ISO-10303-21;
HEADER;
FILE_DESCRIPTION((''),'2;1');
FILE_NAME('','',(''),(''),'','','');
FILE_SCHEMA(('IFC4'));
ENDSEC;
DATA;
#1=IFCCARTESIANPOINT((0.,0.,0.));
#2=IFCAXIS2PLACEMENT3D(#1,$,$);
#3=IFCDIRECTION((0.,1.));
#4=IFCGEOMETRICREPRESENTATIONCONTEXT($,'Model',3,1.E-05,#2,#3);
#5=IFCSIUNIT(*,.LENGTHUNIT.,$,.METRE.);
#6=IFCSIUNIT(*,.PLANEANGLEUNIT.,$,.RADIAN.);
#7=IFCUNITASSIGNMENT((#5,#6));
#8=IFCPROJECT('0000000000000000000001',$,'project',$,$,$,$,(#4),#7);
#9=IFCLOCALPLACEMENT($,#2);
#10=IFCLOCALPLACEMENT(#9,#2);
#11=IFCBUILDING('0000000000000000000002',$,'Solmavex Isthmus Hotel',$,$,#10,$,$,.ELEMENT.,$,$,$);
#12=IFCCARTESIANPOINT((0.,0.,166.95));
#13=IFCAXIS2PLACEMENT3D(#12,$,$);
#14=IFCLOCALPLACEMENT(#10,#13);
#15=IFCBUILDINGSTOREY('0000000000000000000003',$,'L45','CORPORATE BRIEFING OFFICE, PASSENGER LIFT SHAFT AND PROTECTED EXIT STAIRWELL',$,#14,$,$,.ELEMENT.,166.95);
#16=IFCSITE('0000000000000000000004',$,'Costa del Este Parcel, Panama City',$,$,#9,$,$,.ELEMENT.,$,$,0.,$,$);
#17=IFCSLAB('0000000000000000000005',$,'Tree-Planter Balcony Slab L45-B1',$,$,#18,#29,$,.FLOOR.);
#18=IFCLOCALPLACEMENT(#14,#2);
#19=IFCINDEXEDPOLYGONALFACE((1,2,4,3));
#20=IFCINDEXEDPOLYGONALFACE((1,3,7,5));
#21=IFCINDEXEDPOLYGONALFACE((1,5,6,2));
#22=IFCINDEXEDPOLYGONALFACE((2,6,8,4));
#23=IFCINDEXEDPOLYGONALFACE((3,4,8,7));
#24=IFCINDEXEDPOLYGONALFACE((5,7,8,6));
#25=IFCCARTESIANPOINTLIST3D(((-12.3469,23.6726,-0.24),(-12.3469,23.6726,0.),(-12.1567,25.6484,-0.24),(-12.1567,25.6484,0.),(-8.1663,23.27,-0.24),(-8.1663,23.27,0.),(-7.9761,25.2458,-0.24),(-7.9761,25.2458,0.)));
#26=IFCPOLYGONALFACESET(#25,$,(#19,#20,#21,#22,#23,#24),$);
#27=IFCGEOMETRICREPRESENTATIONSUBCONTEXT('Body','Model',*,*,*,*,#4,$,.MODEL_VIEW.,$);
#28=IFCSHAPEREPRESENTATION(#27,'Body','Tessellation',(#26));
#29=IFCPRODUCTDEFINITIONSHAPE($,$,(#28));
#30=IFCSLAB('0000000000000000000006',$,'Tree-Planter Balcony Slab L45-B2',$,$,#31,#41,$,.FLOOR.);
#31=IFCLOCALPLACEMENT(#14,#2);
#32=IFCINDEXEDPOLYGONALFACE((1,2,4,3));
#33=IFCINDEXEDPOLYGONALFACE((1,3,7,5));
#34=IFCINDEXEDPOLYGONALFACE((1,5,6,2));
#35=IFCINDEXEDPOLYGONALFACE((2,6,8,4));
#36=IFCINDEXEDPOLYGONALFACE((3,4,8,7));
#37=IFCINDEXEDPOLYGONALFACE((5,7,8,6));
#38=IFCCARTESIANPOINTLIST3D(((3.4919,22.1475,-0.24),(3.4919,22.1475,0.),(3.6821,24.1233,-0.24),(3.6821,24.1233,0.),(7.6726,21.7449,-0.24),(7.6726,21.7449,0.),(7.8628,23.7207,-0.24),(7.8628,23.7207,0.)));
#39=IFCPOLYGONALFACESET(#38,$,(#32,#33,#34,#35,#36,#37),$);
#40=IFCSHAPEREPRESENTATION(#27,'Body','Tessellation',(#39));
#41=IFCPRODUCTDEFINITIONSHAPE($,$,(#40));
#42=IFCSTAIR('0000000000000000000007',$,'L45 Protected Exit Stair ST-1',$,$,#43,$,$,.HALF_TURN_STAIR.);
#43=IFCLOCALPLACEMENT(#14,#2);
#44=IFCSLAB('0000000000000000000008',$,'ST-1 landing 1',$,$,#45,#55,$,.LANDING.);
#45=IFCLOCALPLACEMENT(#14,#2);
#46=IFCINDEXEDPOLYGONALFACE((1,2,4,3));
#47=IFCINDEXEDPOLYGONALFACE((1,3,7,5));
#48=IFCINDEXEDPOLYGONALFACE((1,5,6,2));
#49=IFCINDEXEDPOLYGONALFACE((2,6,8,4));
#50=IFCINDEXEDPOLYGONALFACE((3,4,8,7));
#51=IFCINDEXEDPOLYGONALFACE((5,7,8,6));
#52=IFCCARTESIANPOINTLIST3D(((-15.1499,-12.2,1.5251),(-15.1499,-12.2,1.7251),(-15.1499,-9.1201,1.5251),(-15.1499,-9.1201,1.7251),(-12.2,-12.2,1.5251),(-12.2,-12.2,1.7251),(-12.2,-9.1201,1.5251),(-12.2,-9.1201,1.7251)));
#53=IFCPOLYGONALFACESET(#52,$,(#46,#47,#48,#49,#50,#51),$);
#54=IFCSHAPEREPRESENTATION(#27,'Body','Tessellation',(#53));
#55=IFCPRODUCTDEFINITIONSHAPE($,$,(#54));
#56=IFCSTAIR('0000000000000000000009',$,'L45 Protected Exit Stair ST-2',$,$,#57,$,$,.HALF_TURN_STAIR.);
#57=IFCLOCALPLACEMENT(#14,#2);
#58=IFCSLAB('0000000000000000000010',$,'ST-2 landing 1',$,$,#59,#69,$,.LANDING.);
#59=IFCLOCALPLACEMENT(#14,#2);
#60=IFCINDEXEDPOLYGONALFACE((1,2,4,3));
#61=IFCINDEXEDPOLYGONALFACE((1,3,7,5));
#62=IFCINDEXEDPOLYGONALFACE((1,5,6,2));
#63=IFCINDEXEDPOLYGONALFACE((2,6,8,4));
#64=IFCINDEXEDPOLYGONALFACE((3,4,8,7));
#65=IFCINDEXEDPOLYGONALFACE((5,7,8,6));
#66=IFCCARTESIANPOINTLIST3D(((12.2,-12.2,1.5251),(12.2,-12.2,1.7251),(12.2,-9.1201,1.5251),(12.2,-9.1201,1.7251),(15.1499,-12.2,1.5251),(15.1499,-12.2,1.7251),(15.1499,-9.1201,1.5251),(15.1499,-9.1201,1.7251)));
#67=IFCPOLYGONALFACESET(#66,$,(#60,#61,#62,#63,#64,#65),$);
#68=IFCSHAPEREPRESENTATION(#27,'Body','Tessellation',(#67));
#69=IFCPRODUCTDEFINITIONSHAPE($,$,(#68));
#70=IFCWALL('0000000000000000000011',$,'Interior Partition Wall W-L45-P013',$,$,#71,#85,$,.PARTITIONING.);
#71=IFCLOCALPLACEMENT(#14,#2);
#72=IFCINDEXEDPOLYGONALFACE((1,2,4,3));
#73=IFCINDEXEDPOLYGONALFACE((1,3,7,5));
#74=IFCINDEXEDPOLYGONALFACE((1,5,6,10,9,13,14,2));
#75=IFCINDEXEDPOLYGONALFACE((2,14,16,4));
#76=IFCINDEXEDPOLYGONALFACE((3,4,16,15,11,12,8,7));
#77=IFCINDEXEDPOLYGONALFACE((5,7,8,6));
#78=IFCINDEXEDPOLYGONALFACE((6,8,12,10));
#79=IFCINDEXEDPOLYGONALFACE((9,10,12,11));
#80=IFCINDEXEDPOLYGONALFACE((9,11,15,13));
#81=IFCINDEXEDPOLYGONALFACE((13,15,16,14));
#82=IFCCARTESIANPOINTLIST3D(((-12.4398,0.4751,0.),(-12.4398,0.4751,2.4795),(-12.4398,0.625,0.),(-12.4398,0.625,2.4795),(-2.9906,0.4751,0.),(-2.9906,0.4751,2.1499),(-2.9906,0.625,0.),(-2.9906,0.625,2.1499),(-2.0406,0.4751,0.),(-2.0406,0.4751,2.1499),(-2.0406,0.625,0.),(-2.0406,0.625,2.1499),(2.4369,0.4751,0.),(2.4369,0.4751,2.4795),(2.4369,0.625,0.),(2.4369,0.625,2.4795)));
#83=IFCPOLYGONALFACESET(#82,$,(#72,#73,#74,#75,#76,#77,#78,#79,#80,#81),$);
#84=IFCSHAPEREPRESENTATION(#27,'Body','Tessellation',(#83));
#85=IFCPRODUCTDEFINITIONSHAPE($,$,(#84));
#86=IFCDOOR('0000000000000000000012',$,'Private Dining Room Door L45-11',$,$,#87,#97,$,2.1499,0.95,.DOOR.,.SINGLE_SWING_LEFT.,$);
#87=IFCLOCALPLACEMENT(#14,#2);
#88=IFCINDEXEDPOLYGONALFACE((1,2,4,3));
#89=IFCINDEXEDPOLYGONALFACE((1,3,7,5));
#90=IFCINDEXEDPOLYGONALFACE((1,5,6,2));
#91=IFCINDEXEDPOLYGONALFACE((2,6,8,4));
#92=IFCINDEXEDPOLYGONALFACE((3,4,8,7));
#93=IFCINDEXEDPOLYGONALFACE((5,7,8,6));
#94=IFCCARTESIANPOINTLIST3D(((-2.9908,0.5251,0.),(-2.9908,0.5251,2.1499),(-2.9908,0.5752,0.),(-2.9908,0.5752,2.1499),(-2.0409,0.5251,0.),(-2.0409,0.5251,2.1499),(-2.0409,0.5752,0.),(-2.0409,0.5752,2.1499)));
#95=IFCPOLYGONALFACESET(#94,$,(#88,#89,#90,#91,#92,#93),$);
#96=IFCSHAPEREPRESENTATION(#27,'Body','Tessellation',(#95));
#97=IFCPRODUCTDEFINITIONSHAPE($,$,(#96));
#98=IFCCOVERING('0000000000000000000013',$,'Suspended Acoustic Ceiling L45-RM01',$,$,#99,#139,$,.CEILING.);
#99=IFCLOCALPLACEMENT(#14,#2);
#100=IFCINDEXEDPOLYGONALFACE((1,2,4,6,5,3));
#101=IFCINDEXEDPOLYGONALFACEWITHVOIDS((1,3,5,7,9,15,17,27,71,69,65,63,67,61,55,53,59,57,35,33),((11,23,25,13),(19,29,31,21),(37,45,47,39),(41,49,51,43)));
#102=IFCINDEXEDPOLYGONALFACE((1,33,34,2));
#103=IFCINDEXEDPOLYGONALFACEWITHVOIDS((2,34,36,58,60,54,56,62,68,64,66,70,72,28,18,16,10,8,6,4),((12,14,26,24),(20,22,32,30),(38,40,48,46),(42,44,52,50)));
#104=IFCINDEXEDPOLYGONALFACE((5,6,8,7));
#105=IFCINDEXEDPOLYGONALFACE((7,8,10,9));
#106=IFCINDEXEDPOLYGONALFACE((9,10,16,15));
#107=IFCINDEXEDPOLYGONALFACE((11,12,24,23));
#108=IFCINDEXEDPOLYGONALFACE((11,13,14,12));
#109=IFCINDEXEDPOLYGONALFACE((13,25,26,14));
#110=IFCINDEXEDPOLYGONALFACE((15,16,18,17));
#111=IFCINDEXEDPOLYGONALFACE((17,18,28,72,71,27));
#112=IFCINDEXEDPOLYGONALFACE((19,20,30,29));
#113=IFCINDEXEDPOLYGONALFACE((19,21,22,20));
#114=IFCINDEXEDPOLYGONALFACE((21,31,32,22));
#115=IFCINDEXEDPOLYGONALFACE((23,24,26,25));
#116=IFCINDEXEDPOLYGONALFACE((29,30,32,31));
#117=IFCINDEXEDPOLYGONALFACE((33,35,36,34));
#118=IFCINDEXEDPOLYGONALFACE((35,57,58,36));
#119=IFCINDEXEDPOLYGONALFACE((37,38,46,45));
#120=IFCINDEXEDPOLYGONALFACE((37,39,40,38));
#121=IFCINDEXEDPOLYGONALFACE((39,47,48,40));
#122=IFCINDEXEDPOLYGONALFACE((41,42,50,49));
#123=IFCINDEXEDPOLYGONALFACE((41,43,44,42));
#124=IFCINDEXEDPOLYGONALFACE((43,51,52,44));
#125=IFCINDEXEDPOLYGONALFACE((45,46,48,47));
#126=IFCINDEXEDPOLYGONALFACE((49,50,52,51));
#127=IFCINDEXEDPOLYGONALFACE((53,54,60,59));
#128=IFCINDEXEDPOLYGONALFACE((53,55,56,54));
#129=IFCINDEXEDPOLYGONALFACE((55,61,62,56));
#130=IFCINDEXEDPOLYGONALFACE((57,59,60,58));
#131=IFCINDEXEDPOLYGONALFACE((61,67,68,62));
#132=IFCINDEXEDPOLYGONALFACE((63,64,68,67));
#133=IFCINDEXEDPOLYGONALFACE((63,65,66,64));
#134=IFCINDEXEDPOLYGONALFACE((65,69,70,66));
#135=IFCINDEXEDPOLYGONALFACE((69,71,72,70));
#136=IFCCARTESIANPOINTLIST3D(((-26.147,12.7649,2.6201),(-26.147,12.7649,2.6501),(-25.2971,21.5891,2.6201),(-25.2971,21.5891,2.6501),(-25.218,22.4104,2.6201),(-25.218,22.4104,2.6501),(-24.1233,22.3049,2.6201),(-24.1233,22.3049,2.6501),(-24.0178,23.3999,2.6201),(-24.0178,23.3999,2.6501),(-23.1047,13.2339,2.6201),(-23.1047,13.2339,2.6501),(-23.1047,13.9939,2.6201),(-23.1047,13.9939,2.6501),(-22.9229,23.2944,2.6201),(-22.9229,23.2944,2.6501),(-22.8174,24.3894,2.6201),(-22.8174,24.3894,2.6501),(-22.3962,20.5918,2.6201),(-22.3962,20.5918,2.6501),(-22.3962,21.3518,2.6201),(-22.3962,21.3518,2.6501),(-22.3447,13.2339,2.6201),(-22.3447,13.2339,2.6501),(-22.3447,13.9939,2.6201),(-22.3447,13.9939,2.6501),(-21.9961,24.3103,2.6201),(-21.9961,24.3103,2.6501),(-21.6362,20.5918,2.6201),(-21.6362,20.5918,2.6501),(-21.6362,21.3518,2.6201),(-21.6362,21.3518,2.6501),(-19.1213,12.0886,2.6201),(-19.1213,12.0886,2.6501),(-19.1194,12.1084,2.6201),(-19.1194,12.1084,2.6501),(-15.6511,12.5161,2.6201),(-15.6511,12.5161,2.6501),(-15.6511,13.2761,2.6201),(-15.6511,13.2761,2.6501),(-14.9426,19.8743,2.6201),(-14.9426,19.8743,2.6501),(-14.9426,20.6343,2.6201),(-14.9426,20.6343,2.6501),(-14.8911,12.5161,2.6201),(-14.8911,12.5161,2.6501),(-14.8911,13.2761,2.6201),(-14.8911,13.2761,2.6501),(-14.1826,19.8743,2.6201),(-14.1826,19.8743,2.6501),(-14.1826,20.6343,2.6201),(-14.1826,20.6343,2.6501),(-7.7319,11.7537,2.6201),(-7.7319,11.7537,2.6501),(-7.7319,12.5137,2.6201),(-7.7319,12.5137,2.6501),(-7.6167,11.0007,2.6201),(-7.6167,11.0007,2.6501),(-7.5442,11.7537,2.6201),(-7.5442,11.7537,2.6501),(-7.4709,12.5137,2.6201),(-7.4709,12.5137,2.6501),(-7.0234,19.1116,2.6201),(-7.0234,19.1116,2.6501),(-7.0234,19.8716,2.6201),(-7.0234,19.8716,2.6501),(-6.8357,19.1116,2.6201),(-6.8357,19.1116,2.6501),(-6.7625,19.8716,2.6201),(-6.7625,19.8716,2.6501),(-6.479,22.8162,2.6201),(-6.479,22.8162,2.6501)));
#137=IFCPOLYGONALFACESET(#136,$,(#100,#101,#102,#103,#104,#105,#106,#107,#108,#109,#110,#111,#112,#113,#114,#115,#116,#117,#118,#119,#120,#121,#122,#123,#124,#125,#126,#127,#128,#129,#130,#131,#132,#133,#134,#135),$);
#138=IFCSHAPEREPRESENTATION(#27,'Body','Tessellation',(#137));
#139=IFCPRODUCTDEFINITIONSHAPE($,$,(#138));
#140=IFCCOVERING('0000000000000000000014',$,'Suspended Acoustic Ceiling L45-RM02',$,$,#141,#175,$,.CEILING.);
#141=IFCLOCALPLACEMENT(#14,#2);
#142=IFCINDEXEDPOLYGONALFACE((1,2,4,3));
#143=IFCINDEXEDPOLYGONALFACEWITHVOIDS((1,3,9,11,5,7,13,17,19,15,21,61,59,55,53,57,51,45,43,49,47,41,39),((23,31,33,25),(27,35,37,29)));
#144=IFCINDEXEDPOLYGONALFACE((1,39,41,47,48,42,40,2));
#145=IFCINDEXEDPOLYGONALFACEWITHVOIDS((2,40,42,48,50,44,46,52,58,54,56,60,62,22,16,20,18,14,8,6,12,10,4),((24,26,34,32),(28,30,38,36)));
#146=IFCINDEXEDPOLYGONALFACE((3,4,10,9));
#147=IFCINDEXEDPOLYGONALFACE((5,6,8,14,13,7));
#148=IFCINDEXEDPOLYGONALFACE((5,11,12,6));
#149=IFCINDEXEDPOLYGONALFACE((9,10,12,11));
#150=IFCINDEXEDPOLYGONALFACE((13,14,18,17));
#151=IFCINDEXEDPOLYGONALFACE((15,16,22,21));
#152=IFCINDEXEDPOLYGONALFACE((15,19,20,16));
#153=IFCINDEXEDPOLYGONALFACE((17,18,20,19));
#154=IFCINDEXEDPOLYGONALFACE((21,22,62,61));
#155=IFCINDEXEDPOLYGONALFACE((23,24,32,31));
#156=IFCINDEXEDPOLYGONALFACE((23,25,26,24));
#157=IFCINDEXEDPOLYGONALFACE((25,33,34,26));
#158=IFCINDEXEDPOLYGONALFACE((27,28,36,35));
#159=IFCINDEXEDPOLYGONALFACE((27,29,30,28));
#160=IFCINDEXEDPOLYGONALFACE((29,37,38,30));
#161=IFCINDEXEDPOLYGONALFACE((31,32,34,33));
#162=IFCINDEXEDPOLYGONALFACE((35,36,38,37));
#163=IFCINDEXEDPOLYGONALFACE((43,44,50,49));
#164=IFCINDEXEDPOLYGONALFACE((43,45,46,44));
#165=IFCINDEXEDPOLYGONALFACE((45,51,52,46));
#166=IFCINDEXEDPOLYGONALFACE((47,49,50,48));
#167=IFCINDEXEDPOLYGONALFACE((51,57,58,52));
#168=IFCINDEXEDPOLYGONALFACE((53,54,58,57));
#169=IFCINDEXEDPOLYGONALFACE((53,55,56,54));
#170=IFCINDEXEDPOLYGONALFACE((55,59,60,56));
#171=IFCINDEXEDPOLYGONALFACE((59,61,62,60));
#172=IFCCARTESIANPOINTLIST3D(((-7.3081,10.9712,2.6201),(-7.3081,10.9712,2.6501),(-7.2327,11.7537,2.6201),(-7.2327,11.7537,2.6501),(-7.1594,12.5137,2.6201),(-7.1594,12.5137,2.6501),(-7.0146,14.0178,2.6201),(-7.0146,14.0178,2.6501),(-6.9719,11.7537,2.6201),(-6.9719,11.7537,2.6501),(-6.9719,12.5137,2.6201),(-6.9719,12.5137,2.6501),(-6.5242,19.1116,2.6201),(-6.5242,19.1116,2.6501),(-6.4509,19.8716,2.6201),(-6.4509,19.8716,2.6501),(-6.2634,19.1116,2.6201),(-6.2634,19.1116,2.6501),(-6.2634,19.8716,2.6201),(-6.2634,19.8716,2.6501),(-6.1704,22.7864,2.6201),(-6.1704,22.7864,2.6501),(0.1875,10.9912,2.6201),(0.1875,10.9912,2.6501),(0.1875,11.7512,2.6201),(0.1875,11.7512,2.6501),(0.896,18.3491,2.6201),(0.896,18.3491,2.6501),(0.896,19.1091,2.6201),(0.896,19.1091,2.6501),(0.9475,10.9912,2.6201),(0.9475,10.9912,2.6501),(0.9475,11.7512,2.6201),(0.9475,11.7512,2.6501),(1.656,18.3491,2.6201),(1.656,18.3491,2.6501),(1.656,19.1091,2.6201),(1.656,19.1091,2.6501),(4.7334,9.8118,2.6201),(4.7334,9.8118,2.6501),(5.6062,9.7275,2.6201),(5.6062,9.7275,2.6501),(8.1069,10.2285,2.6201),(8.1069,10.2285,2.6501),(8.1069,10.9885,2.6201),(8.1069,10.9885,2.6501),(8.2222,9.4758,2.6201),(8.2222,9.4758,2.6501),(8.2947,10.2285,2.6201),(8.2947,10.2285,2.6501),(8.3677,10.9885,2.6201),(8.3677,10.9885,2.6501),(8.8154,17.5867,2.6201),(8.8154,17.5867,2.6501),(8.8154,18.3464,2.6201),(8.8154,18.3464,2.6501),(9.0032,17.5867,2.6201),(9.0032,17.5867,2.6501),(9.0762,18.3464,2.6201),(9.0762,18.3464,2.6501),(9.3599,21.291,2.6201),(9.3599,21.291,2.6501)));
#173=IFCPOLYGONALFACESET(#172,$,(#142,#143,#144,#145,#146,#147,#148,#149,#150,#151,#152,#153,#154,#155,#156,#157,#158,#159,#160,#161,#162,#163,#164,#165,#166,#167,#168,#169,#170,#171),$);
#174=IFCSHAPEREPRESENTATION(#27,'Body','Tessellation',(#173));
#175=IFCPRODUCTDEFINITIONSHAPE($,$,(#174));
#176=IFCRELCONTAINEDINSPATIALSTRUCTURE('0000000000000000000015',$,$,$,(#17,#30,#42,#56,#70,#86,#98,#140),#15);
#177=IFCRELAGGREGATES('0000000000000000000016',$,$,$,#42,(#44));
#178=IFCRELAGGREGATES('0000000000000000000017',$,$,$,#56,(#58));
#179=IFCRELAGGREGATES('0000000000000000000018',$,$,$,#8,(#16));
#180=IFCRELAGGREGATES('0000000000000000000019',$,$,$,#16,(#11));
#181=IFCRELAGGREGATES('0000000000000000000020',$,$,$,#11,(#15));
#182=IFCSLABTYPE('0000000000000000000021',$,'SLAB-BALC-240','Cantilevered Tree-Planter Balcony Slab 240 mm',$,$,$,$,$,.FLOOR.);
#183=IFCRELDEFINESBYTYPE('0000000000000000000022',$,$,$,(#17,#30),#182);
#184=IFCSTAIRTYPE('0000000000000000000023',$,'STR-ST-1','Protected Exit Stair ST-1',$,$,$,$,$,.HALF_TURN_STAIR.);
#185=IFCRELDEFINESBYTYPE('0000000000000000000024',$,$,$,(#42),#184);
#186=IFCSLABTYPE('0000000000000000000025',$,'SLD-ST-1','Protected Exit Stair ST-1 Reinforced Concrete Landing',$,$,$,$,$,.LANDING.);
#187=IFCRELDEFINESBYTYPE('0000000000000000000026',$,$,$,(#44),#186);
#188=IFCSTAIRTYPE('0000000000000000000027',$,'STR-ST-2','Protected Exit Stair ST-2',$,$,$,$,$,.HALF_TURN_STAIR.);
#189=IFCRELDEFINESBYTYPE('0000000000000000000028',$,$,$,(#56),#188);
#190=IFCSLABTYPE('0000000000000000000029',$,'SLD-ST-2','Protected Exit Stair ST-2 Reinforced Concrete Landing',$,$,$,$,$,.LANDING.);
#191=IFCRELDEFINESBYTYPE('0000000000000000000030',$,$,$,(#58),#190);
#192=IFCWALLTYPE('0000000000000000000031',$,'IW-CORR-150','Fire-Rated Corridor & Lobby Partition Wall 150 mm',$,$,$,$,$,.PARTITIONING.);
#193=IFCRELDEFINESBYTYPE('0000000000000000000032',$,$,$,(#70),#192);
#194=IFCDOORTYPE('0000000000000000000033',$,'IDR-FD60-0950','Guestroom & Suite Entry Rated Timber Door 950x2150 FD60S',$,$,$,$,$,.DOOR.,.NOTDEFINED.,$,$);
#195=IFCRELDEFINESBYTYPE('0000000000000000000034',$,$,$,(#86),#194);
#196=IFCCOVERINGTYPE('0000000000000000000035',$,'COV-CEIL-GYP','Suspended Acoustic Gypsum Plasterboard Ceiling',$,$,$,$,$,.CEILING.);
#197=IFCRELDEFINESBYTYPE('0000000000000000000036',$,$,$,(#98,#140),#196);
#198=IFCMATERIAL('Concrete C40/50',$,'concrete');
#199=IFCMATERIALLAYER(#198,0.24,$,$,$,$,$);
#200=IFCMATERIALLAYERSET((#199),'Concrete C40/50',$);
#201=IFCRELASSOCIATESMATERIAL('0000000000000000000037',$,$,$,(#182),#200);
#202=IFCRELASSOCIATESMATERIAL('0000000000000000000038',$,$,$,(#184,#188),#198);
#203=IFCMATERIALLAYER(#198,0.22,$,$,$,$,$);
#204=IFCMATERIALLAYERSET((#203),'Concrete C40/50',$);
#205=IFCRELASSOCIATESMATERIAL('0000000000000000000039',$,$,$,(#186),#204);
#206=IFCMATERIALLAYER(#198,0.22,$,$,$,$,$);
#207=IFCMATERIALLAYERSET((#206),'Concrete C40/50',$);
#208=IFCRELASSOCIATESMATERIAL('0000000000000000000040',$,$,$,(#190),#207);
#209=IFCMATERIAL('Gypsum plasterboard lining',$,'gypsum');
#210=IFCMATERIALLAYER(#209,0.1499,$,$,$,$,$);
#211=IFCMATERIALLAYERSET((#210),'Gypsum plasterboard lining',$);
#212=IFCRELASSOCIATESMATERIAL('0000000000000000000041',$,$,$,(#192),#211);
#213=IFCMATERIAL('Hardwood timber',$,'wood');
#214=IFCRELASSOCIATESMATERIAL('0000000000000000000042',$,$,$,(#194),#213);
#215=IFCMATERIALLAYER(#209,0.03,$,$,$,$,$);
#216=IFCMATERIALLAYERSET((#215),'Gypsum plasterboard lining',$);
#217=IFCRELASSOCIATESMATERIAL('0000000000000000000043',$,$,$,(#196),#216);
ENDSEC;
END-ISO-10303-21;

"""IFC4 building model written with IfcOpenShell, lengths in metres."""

from ifc_helpers import new_model, si_unit, direction, frame, frame_2d, origin, place, context, subcontext, project, spatial, polyline, rectangle, outline, extrude, material, layer, layer_set, type_object, element, fill, aggregate, save


model = new_model("IFC4")

# Units and contexts
model_context = context("Model", 3, precision=1e-05, world=origin(), true_north=direction((0.0, 1.0)))
body_context = subcontext(model_context, "Body", "Model", "MODEL_VIEW")
ifc_project = project(units=[si_unit("LENGTHUNIT", "METRE"), si_unit("PLANEANGLEUNIT", "RADIAN")], contexts=[model_context])

# Site, building, storey
site_placement = place(None, origin())
site = spatial("IfcSite", under=ifc_project, at=site_placement, Name="Costa del Este Parcel, Panama City", CompositionType="ELEMENT", RefElevation=0.0)
building_placement = place(site_placement, origin())
building = spatial("IfcBuilding", under=site, at=building_placement, Name="Solmavex Isthmus Hotel", CompositionType="ELEMENT")
storey_placement = place(building_placement, frame((0.0, 0.0, 166.95)))
storey = spatial("IfcBuildingStorey", under=building, at=storey_placement, Name="L45", Description="CORPORATE BRIEFING OFFICE, PASSENGER LIFT SHAFT AND PROTECTED EXIT STAIRWELL", CompositionType="ELEMENT", Elevation=166.95)

# Slabs
ifc_material_1 = material(Name="Concrete C40/50", Category="concrete")
ifc_layer_1 = layer(ifc_material_1, 0.24)
ifc_layer_set_1 = layer_set([ifc_layer_1], Name="Concrete C40/50")
slab_type_1 = type_object("IfcSlabType", Name="SLAB-BALC-240", Description="Cantilevered Tree-Planter Balcony Slab 240 mm", PredefinedType="FLOOR", material=ifc_layer_set_1)
slab_1_placement = place(storey_placement, frame((0.0, 0.0, -0.24)))
element("IfcSlab", 1, at=slab_1_placement, inside=storey, type_object=slab_type_1, Name="Tree-Planter Balcony Slab L45-B1", PredefinedType="FLOOR", context=body_context, shape_type="SweptSolid", body=[
    extrude(outline(polyline([(-12.3469, 23.6726), (-8.1663, 23.27), (-7.9761, 25.2458), (-12.1567, 25.6484), (-12.3469, 23.6726)])), origin(), (0.0, 0.0, 1.0), 0.24),
])
slab_2_placement = place(storey_placement, frame((0.0, 0.0, -0.24)))
element("IfcSlab", 2, at=slab_2_placement, inside=storey, type_object=slab_type_1, Name="Tree-Planter Balcony Slab L45-B2", PredefinedType="FLOOR", context=body_context, shape_type="SweptSolid", body=[
    extrude(outline(polyline([(3.4919, 22.1475), (7.6726, 21.7449), (7.8628, 23.7207), (3.6821, 24.1233), (3.4919, 22.1475)])), origin(), (0.0, 0.0, 1.0), 0.24),
])

# Stairs, slabs
stair_type_1 = type_object("IfcStairType", Name="STR-ST-1", Description="Protected Exit Stair ST-1", PredefinedType="HALF_TURN_STAIR", material=ifc_material_1)
stair_1_placement = place(storey_placement, origin())
stair_1 = element("IfcStair", 3, at=stair_1_placement, inside=storey, type_object=stair_type_1, Name="L45 Protected Exit Stair ST-1", PredefinedType="HALF_TURN_STAIR")
ifc_layer_2 = layer(ifc_material_1, 0.22)
ifc_layer_set_2 = layer_set([ifc_layer_2], Name="Concrete C40/50")
slab_type_2 = type_object("IfcSlabType", Name="SLD-ST-1", Description="Protected Exit Stair ST-1 Reinforced Concrete Landing", PredefinedType="LANDING", material=ifc_layer_set_2)
slab_3_placement = place(storey_placement, frame((0.0, 0.0, 1.5251)))
slab_3 = element("IfcSlab", 4, at=slab_3_placement, type_object=slab_type_2, Name="ST-1 landing 1", PredefinedType="LANDING", context=body_context, shape_type="SweptSolid", body=[
    extrude(outline(polyline([(-15.1499, -9.1201), (-15.1499, -12.2), (-12.2, -12.2), (-12.2, -9.1201), (-15.1499, -9.1201)])), origin(), (0.0, 0.0, 1.0), 0.2),
])
aggregate(stair_1, [slab_3])
stair_type_2 = type_object("IfcStairType", Name="STR-ST-2", Description="Protected Exit Stair ST-2", PredefinedType="HALF_TURN_STAIR", material=ifc_material_1)
stair_2_placement = place(storey_placement, origin())
stair_2 = element("IfcStair", 5, at=stair_2_placement, inside=storey, type_object=stair_type_2, Name="L45 Protected Exit Stair ST-2", PredefinedType="HALF_TURN_STAIR")
ifc_layer_3 = layer(ifc_material_1, 0.22)
ifc_layer_set_3 = layer_set([ifc_layer_3], Name="Concrete C40/50")
slab_type_3 = type_object("IfcSlabType", Name="SLD-ST-2", Description="Protected Exit Stair ST-2 Reinforced Concrete Landing", PredefinedType="LANDING", material=ifc_layer_set_3)
slab_4_placement = place(storey_placement, frame((0.0, 0.0, 1.5251)))
slab_4 = element("IfcSlab", 6, at=slab_4_placement, type_object=slab_type_3, Name="ST-2 landing 1", PredefinedType="LANDING", context=body_context, shape_type="SweptSolid", body=[
    extrude(outline(polyline([(12.2, -9.1201), (12.2, -12.2), (15.1499, -12.2), (15.1499, -9.1201), (12.2, -9.1201)])), origin(), (0.0, 0.0, 1.0), 0.2),
])
aggregate(stair_2, [slab_4])

# Wall, opening, door
ifc_material_2 = material(Name="Gypsum plasterboard lining", Category="gypsum")
ifc_layer_4 = layer(ifc_material_2, 0.1499)
ifc_layer_set_4 = layer_set([ifc_layer_4], Name="Gypsum plasterboard lining")
wall_type = type_object("IfcWallType", Name="IW-CORR-150", Description="Fire-Rated Corridor & Lobby Partition Wall 150 mm", PredefinedType="PARTITIONING", material=ifc_layer_set_4)
wall_placement = place(storey_placement, frame((-12.4399, 0.55, 0.0), z_axis=(0.0, 0.0, 1.0), x_axis=(1.0, 0.0, 0.0)))
wall = element("IfcWall", 7, at=wall_placement, inside=storey, type_object=wall_type, Name="Interior Partition Wall W-L45-P013", PredefinedType="PARTITIONING", context=body_context, shape_type="SweptSolid", body=[
    extrude(rectangle(XDim=14.8767, YDim=0.1499, at=frame_2d((7.4385, 0.0))), origin(), (0.0, 0.0, 1.0), 2.4795),
])
opening_placement = place(wall_placement, frame((9.4492, 0.0, 0.0)))
opening = element("IfcOpeningElement", 8, at=opening_placement, cuts=wall, PredefinedType="OPENING", context=body_context, shape_type="SweptSolid", body=[
    extrude(rectangle(XDim=0.95, YDim=2.1499, at=frame_2d((0.4751, 1.075))), frame((0.0, 0.085, 0.0), z_axis=(0.0, -1.0, 0.0), x_axis=(1.0, 0.0, 0.0)), (0.0, 0.0, 1.0), 0.1699),
])
ifc_material_3 = material(Name="Hardwood timber", Category="wood")
door_type = type_object("IfcDoorType", Name="IDR-FD60-0950", Description="Guestroom & Suite Entry Rated Timber Door 950x2150 FD60S", OperationType="NOTDEFINED", PredefinedType="DOOR", material=ifc_material_3)
door_placement = place(opening_placement, frame((0.95, 0.0, 0.0), z_axis=(0.0, 0.0, 1.0), x_axis=(-1.0, 0.0, 0.0)))
door = element("IfcDoor", 9, at=door_placement, inside=storey, type_object=door_type, Name="Private Dining Room Door L45-11", OperationType="SINGLE_SWING_LEFT", OverallHeight=2.1499, OverallWidth=0.95, PredefinedType="DOOR", context=body_context, shape_type="SweptSolid", body=[
    extrude(rectangle(XDim=0.95, YDim=2.1499, at=frame_2d((0.4751, 1.075))), frame((0.0, 0.0249, 0.0), z_axis=(0.0, -1.0, 0.0), x_axis=(1.0, 0.0, 0.0)), (0.0, 0.0, 1.0), 0.05),
])
fill(opening, door)

# Coverings
ifc_layer_5 = layer(ifc_material_2, 0.03)
ifc_layer_set_5 = layer_set([ifc_layer_5], Name="Gypsum plasterboard lining")
covering_type_1 = type_object("IfcCoveringType", Name="COV-CEIL-GYP", Description="Suspended Acoustic Gypsum Plasterboard Ceiling", PredefinedType="CEILING", material=ifc_layer_set_5)
covering_1_placement = place(storey_placement, frame((0.0, 0.0, 2.6201)))
element("IfcCovering", 10, at=covering_1_placement, inside=storey, type_object=covering_type_1, Name="Suspended Acoustic Ceiling L45-RM01", PredefinedType="CEILING", context=body_context, shape_type="SweptSolid", body=[
    extrude(outline(polyline([(-19.1213, 12.0886), (-19.1194, 12.1084), (-7.6167, 11.0007), (-7.5442, 11.7537), (-7.7319, 11.7537), (-7.7319, 12.5137), (-7.4709, 12.5137), (-6.8357, 19.1116), (-7.0234, 19.1116), (-7.0234, 19.8716), (-6.7625, 19.8716), (-6.479, 22.8162), (-21.9961, 24.3103), (-22.8174, 24.3894), (-22.9229, 23.2944), (-24.0178, 23.3999), (-24.1233, 22.3049), (-25.218, 22.4104), (-25.2971, 21.5891), (-26.147, 12.7649), (-19.1213, 12.0886)]), holes=[polyline([(-14.9426, 19.8743), (-14.9426, 20.6343), (-14.1826, 20.6343), (-14.1826, 19.8743), (-14.9426, 19.8743)]), polyline([(-15.6511, 12.5161), (-15.6511, 13.2761), (-14.8911, 13.2761), (-14.8911, 12.5161), (-15.6511, 12.5161)]), polyline([(-22.3962, 20.5918), (-22.3962, 21.3518), (-21.6362, 21.3518), (-21.6362, 20.5918), (-22.3962, 20.5918)]), polyline([(-23.1047, 13.2339), (-23.1047, 13.9939), (-22.3447, 13.9939), (-22.3447, 13.2339), (-23.1047, 13.2339)])]), origin(), (0.0, 0.0, 1.0), 0.03),
])
covering_2_placement = place(storey_placement, frame((0.0, 0.0, 2.6201)))
element("IfcCovering", 11, at=covering_2_placement, inside=storey, type_object=covering_type_1, Name="Suspended Acoustic Ceiling L45-RM02", PredefinedType="CEILING", context=body_context, shape_type="SweptSolid", body=[
    extrude(outline(polyline([(-7.1594, 12.5137), (-6.9719, 12.5137), (-6.9719, 11.7537), (-7.2327, 11.7537), (-7.3081, 10.9712), (4.7334, 9.8118), (5.6062, 9.7275), (8.2222, 9.4758), (8.2947, 10.2285), (8.1069, 10.2285), (8.1069, 10.9885), (8.3677, 10.9885), (9.0032, 17.5867), (8.8154, 17.5867), (8.8154, 18.3464), (9.0762, 18.3464), (9.3599, 21.291), (-6.1704, 22.7864), (-6.4509, 19.8716), (-6.2634, 19.8716), (-6.2634, 19.1116), (-6.5242, 19.1116), (-7.0146, 14.0178), (-7.1594, 12.5137)]), holes=[polyline([(0.896, 18.3491), (0.896, 19.1091), (1.656, 19.1091), (1.656, 18.3491), (0.896, 18.3491)]), polyline([(0.1875, 10.9912), (0.1875, 11.7512), (0.9475, 11.7512), (0.9475, 10.9912), (0.1875, 10.9912)])]), origin(), (0.0, 0.0, 1.0), 0.03),
])

save(model, "model.ifc")
